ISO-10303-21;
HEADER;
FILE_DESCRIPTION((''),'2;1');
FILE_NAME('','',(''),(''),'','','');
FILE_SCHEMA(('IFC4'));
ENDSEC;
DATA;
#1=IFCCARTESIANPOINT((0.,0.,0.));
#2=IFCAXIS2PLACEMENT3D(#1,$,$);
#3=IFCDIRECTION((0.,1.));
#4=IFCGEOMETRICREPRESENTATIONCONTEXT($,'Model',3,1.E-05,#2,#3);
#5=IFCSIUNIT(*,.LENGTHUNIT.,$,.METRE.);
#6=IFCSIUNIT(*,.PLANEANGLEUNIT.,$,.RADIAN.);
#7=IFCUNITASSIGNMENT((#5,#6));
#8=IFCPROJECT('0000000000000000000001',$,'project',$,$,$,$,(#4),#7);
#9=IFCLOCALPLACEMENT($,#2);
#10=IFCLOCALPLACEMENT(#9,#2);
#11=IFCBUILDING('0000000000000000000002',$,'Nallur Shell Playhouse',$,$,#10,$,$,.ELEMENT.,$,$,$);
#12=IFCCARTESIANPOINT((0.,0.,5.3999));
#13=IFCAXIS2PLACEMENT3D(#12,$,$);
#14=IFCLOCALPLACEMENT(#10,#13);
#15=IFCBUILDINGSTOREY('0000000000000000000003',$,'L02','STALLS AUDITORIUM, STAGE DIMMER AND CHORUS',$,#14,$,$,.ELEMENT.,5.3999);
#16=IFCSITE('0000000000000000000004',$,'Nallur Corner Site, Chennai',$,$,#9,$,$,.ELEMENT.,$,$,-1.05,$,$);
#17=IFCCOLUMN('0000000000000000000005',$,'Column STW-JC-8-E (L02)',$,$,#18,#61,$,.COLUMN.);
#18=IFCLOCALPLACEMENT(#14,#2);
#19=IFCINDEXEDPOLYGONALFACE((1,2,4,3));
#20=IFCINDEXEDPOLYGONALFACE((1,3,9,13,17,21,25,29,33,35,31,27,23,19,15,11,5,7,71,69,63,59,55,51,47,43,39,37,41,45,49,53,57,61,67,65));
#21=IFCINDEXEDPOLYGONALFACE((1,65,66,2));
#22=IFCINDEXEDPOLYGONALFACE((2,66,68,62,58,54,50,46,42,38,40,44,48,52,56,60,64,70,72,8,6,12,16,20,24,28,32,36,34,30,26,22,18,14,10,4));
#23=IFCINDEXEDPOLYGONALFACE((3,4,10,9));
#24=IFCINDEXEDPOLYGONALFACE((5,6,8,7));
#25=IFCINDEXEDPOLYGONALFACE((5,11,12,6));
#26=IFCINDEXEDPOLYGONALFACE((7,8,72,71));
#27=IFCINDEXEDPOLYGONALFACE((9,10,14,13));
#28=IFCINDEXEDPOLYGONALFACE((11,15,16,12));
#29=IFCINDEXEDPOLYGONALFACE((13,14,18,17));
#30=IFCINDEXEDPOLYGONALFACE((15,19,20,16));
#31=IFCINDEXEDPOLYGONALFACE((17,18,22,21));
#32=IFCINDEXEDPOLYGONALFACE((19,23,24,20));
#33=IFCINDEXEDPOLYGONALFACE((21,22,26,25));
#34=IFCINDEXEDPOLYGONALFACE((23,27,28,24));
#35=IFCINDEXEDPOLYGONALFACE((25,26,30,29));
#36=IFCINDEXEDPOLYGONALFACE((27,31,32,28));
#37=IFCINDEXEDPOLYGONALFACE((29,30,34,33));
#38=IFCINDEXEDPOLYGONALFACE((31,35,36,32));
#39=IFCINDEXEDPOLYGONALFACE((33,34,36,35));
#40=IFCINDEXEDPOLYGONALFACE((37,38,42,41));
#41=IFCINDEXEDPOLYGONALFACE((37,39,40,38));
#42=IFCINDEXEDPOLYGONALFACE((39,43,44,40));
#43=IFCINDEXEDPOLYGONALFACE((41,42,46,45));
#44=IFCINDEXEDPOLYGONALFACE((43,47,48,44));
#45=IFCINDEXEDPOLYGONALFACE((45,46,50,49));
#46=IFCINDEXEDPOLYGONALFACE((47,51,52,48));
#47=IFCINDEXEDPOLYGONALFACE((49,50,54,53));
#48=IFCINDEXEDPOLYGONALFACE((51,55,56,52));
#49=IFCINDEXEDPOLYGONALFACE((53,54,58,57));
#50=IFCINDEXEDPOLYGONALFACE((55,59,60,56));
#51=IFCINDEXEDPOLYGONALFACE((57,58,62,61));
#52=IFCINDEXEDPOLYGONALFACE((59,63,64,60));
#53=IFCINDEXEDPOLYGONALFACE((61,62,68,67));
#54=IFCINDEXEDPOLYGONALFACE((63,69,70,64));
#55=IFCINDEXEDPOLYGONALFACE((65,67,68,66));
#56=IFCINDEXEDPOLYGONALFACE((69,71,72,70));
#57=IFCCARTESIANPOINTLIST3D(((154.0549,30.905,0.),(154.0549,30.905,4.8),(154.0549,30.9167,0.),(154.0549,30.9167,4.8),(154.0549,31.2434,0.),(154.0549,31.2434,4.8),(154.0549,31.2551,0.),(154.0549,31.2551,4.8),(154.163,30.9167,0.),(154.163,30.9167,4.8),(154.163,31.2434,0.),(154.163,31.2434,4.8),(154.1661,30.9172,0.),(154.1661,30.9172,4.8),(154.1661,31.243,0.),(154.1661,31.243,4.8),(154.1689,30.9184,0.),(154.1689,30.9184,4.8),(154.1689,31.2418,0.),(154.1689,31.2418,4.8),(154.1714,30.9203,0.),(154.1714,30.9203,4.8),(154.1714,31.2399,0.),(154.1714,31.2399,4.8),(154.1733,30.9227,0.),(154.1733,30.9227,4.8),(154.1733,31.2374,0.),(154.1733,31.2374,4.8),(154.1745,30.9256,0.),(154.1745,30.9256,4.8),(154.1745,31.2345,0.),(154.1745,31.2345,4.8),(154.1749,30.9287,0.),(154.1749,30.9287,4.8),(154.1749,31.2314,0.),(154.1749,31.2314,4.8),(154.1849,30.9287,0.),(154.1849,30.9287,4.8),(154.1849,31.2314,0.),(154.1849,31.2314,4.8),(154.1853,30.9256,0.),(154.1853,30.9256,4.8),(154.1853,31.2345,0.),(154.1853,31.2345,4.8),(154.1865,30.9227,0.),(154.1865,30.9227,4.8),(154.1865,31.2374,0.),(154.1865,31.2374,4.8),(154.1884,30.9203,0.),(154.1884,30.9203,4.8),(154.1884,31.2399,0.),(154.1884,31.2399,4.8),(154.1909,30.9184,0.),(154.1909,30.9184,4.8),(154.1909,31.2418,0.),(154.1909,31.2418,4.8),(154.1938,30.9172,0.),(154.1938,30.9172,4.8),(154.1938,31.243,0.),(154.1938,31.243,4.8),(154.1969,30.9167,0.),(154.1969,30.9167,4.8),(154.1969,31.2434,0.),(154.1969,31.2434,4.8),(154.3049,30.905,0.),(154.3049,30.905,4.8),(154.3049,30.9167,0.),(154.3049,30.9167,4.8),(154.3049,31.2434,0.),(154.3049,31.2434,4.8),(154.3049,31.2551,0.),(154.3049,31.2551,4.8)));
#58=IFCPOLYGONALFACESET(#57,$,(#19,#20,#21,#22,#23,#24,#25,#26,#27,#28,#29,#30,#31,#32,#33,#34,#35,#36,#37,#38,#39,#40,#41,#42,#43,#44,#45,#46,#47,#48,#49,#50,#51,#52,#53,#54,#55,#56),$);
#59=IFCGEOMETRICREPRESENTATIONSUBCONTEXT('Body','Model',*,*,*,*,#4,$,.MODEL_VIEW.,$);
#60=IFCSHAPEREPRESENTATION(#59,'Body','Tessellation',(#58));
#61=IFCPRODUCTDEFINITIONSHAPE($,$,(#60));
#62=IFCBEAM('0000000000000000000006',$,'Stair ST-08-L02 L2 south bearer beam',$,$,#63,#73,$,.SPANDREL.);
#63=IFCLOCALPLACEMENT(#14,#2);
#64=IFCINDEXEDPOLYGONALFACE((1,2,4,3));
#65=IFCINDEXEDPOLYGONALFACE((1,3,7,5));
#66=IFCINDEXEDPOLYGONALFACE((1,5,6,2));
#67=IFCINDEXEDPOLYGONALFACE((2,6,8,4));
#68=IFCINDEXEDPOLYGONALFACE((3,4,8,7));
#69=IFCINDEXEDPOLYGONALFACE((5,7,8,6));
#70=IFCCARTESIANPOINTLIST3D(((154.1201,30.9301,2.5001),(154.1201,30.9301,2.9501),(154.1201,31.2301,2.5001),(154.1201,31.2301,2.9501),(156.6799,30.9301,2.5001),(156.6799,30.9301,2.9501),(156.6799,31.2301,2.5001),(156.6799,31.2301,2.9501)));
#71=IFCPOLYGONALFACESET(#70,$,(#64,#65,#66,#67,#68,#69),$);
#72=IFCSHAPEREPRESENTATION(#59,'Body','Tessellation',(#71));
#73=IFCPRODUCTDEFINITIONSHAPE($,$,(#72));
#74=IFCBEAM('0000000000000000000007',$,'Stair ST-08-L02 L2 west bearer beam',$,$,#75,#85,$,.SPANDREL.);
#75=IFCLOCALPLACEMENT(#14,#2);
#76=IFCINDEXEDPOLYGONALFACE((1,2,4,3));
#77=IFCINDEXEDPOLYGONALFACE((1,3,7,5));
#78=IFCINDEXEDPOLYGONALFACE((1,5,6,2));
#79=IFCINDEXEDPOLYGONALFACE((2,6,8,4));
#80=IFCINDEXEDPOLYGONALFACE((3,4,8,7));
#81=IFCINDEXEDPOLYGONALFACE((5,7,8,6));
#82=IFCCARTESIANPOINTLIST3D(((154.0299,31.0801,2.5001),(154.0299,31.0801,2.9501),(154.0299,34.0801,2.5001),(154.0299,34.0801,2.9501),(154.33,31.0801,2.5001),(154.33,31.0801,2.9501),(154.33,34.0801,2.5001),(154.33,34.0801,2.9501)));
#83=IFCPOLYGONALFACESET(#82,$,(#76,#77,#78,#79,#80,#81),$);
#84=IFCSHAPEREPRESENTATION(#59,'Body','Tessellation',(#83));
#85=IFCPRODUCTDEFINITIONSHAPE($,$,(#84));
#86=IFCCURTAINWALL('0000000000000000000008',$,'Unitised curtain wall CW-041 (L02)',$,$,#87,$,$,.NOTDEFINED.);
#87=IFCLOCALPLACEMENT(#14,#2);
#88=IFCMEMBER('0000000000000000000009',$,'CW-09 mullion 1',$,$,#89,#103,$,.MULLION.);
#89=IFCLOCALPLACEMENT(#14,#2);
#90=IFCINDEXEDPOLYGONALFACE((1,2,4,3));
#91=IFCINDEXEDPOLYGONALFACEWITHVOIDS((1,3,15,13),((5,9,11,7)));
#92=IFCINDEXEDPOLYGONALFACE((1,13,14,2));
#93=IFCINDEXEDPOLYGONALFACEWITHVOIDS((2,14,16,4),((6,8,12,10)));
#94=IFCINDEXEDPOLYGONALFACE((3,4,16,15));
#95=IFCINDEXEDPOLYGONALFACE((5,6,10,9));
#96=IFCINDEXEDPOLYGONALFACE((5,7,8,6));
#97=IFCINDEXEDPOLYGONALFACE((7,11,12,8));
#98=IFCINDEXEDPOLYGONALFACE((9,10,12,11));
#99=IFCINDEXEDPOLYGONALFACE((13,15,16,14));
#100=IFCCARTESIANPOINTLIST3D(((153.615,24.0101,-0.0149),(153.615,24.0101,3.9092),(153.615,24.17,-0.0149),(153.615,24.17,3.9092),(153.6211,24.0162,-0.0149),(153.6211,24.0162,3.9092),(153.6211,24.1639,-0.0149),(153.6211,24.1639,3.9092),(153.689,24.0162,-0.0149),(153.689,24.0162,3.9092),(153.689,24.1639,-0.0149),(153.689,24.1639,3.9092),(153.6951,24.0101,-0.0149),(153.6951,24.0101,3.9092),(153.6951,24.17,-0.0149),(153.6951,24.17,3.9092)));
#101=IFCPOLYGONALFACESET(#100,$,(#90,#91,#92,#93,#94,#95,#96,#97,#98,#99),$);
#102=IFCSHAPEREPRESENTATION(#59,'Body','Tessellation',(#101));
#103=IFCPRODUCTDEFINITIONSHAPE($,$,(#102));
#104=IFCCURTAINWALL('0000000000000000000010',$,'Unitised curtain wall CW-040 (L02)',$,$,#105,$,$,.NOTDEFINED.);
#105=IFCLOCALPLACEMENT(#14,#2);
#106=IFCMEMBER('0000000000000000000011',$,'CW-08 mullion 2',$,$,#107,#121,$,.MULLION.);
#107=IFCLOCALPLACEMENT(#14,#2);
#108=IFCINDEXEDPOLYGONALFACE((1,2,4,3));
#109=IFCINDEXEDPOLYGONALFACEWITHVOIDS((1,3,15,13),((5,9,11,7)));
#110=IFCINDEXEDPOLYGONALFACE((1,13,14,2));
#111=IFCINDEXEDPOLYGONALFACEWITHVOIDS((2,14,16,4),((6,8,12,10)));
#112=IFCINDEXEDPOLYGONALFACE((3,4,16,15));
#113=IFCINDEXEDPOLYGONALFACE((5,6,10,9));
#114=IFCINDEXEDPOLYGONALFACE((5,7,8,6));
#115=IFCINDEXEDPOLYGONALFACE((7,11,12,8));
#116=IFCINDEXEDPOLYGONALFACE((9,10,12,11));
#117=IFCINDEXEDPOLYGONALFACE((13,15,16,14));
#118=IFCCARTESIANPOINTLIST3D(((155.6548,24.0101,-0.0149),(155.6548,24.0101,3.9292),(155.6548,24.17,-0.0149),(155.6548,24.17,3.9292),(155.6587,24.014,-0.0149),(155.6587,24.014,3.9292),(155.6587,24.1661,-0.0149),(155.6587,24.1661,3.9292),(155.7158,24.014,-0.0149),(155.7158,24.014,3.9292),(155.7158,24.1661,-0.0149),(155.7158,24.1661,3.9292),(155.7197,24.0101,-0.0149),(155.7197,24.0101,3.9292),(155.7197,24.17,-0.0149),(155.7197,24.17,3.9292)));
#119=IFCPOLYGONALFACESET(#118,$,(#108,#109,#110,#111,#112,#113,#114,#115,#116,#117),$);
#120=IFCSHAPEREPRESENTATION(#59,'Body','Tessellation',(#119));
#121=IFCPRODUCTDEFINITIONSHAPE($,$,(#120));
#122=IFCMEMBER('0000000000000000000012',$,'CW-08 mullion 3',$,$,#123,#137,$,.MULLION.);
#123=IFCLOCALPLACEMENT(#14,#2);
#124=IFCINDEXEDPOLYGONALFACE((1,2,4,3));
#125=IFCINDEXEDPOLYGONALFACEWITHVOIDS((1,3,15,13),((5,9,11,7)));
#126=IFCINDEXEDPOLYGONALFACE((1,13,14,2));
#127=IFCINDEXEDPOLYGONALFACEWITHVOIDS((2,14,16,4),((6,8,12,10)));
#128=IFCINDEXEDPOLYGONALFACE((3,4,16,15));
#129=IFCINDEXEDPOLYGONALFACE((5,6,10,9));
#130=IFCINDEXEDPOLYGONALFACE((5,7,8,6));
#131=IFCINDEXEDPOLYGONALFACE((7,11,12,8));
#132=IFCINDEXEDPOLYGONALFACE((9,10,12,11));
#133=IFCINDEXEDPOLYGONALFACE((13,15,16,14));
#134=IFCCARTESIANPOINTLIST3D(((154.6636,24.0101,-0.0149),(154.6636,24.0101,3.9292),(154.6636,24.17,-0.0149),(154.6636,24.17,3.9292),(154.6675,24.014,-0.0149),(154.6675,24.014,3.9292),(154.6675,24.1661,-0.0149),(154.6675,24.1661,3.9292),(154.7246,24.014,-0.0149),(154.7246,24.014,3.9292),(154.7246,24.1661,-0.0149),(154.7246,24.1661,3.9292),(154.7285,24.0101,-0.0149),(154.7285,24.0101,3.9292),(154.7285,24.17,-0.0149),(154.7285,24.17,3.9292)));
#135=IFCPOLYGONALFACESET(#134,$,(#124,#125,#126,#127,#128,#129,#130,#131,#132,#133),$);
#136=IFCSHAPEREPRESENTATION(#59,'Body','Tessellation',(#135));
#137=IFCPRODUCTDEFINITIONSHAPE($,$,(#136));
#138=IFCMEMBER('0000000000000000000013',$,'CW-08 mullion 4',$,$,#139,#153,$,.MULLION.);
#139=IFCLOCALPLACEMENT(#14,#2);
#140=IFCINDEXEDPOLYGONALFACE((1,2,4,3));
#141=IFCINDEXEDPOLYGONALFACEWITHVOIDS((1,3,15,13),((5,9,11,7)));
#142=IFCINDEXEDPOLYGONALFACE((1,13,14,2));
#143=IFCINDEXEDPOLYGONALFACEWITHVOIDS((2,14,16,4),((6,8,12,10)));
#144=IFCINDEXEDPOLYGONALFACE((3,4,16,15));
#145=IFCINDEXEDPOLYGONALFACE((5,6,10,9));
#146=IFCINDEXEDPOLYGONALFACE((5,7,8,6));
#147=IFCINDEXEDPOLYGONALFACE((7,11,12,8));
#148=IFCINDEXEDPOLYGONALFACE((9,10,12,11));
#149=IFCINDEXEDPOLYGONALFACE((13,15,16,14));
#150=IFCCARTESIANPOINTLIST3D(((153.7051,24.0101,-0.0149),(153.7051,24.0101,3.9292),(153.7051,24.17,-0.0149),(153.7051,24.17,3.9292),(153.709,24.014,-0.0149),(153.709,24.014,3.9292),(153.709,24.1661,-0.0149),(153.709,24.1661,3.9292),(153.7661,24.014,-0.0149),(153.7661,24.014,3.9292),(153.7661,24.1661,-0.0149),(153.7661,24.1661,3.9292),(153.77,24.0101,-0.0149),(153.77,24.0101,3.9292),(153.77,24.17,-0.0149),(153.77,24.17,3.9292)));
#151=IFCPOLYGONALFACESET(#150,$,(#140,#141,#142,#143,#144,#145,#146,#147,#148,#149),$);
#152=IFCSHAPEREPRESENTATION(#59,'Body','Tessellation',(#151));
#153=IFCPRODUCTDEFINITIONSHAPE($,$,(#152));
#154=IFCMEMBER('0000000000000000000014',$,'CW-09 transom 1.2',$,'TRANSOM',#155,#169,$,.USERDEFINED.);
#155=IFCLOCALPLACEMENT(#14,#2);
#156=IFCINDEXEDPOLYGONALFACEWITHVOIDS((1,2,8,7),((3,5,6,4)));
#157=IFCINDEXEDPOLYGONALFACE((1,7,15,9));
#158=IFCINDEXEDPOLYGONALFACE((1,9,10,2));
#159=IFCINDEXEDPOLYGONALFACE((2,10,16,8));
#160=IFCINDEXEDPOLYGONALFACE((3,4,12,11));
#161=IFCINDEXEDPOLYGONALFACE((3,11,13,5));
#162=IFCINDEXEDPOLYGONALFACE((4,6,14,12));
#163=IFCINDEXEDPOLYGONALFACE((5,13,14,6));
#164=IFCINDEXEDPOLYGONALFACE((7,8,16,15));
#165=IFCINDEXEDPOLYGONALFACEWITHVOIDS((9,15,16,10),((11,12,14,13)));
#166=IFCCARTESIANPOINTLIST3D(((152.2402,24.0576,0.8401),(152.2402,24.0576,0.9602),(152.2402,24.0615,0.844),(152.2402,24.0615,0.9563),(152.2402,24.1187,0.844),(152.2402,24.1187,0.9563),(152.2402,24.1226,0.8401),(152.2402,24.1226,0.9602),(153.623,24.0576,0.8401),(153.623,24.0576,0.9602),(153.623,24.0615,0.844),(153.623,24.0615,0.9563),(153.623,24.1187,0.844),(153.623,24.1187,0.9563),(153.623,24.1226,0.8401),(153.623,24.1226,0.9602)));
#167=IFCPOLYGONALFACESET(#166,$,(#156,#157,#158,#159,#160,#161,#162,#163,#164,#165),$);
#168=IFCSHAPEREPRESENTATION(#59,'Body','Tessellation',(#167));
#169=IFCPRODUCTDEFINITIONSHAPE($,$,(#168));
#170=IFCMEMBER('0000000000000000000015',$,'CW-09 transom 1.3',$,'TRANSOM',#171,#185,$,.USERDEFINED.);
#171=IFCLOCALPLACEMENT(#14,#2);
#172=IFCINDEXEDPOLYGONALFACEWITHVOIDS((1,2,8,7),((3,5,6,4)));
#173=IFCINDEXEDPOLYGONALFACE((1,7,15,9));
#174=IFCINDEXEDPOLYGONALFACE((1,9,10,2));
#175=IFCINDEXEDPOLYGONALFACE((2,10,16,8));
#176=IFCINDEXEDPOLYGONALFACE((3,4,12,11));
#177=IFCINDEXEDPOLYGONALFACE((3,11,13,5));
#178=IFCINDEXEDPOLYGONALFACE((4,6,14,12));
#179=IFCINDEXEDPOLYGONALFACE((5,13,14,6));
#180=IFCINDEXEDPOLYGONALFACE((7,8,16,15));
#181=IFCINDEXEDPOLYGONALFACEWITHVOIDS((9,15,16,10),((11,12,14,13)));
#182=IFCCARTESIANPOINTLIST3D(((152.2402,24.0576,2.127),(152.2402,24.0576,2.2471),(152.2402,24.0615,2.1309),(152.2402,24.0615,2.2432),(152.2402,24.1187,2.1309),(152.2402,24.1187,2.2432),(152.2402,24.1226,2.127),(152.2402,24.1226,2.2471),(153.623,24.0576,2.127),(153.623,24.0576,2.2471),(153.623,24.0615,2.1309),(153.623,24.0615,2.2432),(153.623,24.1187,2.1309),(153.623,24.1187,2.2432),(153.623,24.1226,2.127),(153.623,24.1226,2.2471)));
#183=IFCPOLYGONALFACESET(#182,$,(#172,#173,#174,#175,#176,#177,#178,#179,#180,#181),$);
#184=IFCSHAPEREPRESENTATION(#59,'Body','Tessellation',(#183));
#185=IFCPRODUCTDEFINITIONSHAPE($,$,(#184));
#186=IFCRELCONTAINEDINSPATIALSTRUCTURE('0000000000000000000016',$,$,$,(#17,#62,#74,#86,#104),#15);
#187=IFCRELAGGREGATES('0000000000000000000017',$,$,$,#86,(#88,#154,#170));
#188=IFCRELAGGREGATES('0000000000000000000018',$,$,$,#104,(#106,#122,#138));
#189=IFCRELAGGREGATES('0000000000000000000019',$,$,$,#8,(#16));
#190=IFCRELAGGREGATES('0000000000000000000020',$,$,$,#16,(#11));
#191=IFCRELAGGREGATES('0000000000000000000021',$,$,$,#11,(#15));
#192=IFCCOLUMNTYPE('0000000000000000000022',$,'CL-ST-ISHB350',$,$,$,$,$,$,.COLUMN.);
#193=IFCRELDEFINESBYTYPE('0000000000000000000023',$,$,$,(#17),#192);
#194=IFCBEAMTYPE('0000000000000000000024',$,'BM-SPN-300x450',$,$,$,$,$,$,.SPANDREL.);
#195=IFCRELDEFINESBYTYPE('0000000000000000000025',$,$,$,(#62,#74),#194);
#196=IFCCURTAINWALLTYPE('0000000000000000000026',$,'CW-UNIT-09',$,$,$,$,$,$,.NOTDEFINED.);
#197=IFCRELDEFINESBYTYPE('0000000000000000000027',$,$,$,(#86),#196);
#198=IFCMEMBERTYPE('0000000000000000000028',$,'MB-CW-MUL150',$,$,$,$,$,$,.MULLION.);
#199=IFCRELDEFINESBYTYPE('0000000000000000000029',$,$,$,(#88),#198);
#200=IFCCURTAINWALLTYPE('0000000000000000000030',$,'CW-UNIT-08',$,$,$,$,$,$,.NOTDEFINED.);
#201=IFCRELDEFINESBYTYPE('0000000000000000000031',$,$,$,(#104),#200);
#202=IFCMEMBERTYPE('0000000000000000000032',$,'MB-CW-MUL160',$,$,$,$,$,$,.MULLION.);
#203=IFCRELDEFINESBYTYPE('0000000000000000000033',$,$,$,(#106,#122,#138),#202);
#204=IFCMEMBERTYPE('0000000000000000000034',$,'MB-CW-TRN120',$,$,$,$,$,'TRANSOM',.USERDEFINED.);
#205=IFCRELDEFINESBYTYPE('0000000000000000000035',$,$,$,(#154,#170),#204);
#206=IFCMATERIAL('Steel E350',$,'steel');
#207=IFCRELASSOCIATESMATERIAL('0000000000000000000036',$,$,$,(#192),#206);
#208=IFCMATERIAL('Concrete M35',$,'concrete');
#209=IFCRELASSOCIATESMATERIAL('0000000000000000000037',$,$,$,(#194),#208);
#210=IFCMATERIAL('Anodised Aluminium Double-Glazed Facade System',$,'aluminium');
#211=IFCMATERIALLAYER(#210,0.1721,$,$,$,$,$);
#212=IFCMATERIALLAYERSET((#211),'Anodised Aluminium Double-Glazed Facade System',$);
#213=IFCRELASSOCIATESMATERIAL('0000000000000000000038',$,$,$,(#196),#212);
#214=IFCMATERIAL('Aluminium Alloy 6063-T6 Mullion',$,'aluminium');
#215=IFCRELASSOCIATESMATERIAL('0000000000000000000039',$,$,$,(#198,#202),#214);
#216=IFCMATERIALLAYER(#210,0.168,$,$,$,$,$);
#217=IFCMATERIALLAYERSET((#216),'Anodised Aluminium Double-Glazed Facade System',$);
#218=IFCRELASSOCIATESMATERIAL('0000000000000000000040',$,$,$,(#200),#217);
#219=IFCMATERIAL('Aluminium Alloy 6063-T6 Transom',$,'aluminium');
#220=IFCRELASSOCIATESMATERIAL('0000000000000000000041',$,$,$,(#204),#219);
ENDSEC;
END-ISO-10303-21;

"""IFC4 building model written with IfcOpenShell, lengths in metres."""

from ifc_helpers import new_model, si_unit, direction, frame, origin, origin_2d, place, context, subcontext, project, spatial, rectangle, hollow_rectangle, i_section, extrude, material, layer, layer_set, material_profile, profile_set, type_object, element, aggregate, save


model = new_model("IFC4")

# Units and contexts
model_context = context("Model", 3, precision=1e-05, world=origin(), true_north=direction((0.0, 1.0)))
body_context = subcontext(model_context, "Body", "Model", "MODEL_VIEW")
ifc_project = project(units=[si_unit("LENGTHUNIT", "METRE"), si_unit("PLANEANGLEUNIT", "RADIAN")], contexts=[model_context])

# Site, building, storey
site_placement = place(None, origin())
site = spatial("IfcSite", under=ifc_project, at=site_placement, Name="Nallur Corner Site, Chennai", CompositionType="ELEMENT", RefElevation=-1.05)
building_placement = place(site_placement, origin())
building = spatial("IfcBuilding", under=site, at=building_placement, Name="Nallur Shell Playhouse", CompositionType="ELEMENT")
storey_placement = place(building_placement, frame((0.0, 0.0, 5.3999)))
storey = spatial("IfcBuildingStorey", under=building, at=storey_placement, Name="L02", Description="STALLS AUDITORIUM, STAGE DIMMER AND CHORUS", CompositionType="ELEMENT", Elevation=5.3999)

# Column
ifc_material_1 = material(Name="Steel E350", Category="steel")
ifc_material_profile_1 = material_profile(ifc_material_1, i_section(OverallWidth=0.25, OverallDepth=0.3501, WebThickness=0.01, FlangeThickness=0.0117, FilletRadius=0.012, at=origin_2d()), Name="ISHB 350")
ifc_profile_set_1 = profile_set([ifc_material_profile_1], Name="Steel E350")
column_type = type_object("IfcColumnType", Name="CL-ST-ISHB350", PredefinedType="COLUMN", material=ifc_profile_set_1)
column_placement = place(storey_placement, frame((154.1799, 31.0801, 0.0), z_axis=(0.0, 0.0, 1.0), x_axis=(1.0, 0.0, 0.0)))
element("IfcColumn", 1, at=column_placement, inside=storey, type_object=column_type, Name="Column STW-JC-8-E (L02)", PredefinedType="COLUMN", context=body_context, shape_type="SweptSolid", body=[
    extrude(i_section(OverallWidth=0.25, OverallDepth=0.3501, WebThickness=0.01, FlangeThickness=0.0117, FilletRadius=0.012, at=origin_2d()), origin(), (0.0, 0.0, 1.0), 4.8),
])

# Beams
ifc_material_2 = material(Name="Concrete M35", Category="concrete")
ifc_material_profile_2 = material_profile(ifc_material_2, rectangle(XDim=0.3, YDim=0.45, at=origin_2d()), Name="RC 300x450")
ifc_profile_set_2 = profile_set([ifc_material_profile_2], Name="Concrete M35")
beam_type = type_object("IfcBeamType", Name="BM-SPN-300x450", PredefinedType="SPANDREL", material=ifc_profile_set_2)
beam_1_placement = place(storey_placement, frame((154.1201, 31.0801, 2.7251), z_axis=(1.0, 0.0, 0.0), x_axis=(0.0, 1.0, 0.0)))
element("IfcBeam", 2, at=beam_1_placement, inside=storey, type_object=beam_type, Name="Stair ST-08-L02 L2 south bearer beam", PredefinedType="SPANDREL", context=body_context, shape_type="SweptSolid", body=[
    extrude(rectangle(XDim=0.3, YDim=0.45, at=origin_2d()), origin(), (0.0, 0.0, 1.0), 2.5598),
])
beam_2_placement = place(storey_placement, frame((154.1799, 31.0801, 2.7251), z_axis=(0.0, 1.0, 0.0), x_axis=(-1.0, 0.0, 0.0)))
element("IfcBeam", 3, at=beam_2_placement, inside=storey, type_object=beam_type, Name="Stair ST-08-L02 L2 west bearer beam", PredefinedType="SPANDREL", context=body_context, shape_type="SweptSolid", body=[
    extrude(rectangle(XDim=0.3, YDim=0.45, at=origin_2d()), origin(), (0.0, 0.0, 1.0), 3.0),
])

# Curtain wall, member
ifc_material_3 = material(Name="Anodised Aluminium Double-Glazed Facade System", Category="aluminium")
ifc_layer_1 = layer(ifc_material_3, 0.1721)
ifc_layer_set_1 = layer_set([ifc_layer_1], Name="Anodised Aluminium Double-Glazed Facade System")
curtain_wall_type_1 = type_object("IfcCurtainWallType", Name="CW-UNIT-09", PredefinedType="NOTDEFINED", material=ifc_layer_set_1)
curtain_wall_1_placement = place(storey_placement, origin())
curtain_wall_1 = element("IfcCurtainWall", 4, at=curtain_wall_1_placement, inside=storey, type_object=curtain_wall_type_1, Name="Unitised curtain wall CW-041 (L02)", PredefinedType="NOTDEFINED")
ifc_material_4 = material(Name="Aluminium Alloy 6063-T6 Mullion", Category="aluminium")
ifc_material_profile_3 = material_profile(ifc_material_4, hollow_rectangle(XDim=0.0801, YDim=0.1599, WallThickness=0.0061, at=origin_2d()), Name="RHS 160x80x6")
ifc_profile_set_3 = profile_set([ifc_material_profile_3], Name="Aluminium Alloy 6063-T6 Mullion")
member_type_1 = type_object("IfcMemberType", Name="MB-CW-MUL150", PredefinedType="MULLION", material=ifc_profile_set_3)
member_1_placement = place(storey_placement, frame((153.655, 24.0901, -0.0149), z_axis=(0.0, 0.0, 1.0), x_axis=(-1.0, 0.0, 0.0)))
member_1 = element("IfcMember", 5, at=member_1_placement, type_object=member_type_1, Name="CW-09 mullion 1", PredefinedType="MULLION", context=body_context, shape_type="SweptSolid", body=[
    extrude(hollow_rectangle(XDim=0.0801, YDim=0.1599, WallThickness=0.0061, at=origin_2d()), origin(), (0.0, 0.0, 1.0), 3.9241),
])

# Curtain wall, members
ifc_layer_2 = layer(ifc_material_3, 0.168)
ifc_layer_set_2 = layer_set([ifc_layer_2], Name="Anodised Aluminium Double-Glazed Facade System")
curtain_wall_type_2 = type_object("IfcCurtainWallType", Name="CW-UNIT-08", PredefinedType="NOTDEFINED", material=ifc_layer_set_2)
curtain_wall_2_placement = place(storey_placement, origin())
curtain_wall_2 = element("IfcCurtainWall", 6, at=curtain_wall_2_placement, inside=storey, type_object=curtain_wall_type_2, Name="Unitised curtain wall CW-040 (L02)", PredefinedType="NOTDEFINED")
ifc_material_profile_4 = material_profile(ifc_material_4, hollow_rectangle(XDim=0.0649, YDim=0.1599, WallThickness=0.0039, at=origin_2d()), Name="ALU 65x160x4")
ifc_profile_set_4 = profile_set([ifc_material_profile_4], Name="Aluminium Alloy 6063-T6 Mullion")
member_type_2 = type_object("IfcMemberType", Name="MB-CW-MUL160", PredefinedType="MULLION", material=ifc_profile_set_4)
member_2_placement = place(storey_placement, frame((155.6873, 24.0901, -0.0149), z_axis=(0.0, 0.0, 1.0), x_axis=(-1.0, 0.0, 0.0)))
member_2 = element("IfcMember", 7, at=member_2_placement, type_object=member_type_2, Name="CW-08 mullion 2", PredefinedType="MULLION", context=body_context, shape_type="SweptSolid", body=[
    extrude(hollow_rectangle(XDim=0.0649, YDim=0.1599, WallThickness=0.0039, at=origin_2d()), origin(), (0.0, 0.0, 1.0), 3.9441),
])
member_3_placement = place(storey_placement, frame((154.696, 24.0901, -0.0149), z_axis=(0.0, 0.0, 1.0), x_axis=(-1.0, 0.0, 0.0)))
member_3 = element("IfcMember", 8, at=member_3_placement, type_object=member_type_2, Name="CW-08 mullion 3", PredefinedType="MULLION", context=body_context, shape_type="SweptSolid", body=[
    extrude(hollow_rectangle(XDim=0.0649, YDim=0.1599, WallThickness=0.0039, at=origin_2d()), origin(), (0.0, 0.0, 1.0), 3.9441),
])
member_4_placement = place(storey_placement, frame((153.7375, 24.0901, -0.0149), z_axis=(0.0, 0.0, 1.0), x_axis=(-1.0, 0.0, 0.0)))
member_4 = element("IfcMember", 9, at=member_4_placement, type_object=member_type_2, Name="CW-08 mullion 4", PredefinedType="MULLION", context=body_context, shape_type="SweptSolid", body=[
    extrude(hollow_rectangle(XDim=0.0649, YDim=0.1599, WallThickness=0.0039, at=origin_2d()), origin(), (0.0, 0.0, 1.0), 3.9441),
])

# Members
ifc_material_5 = material(Name="Aluminium Alloy 6063-T6 Transom", Category="aluminium")
ifc_material_profile_5 = material_profile(ifc_material_5, hollow_rectangle(XDim=0.0649, YDim=0.1201, WallThickness=0.0039, at=origin_2d()), Name="ALU 65x120x4")
ifc_profile_set_5 = profile_set([ifc_material_profile_5], Name="Aluminium Alloy 6063-T6 Transom")
member_type_3 = type_object("IfcMemberType", Name="MB-CW-TRN120", ElementType="TRANSOM", PredefinedType="USERDEFINED", material=ifc_profile_set_5)
member_5_placement = place(storey_placement, frame((153.623, 24.0901, 0.9001), z_axis=(-1.0, 0.0, 0.0), x_axis=(0.0, -1.0, 0.0)))
member_5 = element("IfcMember", 10, at=member_5_placement, type_object=member_type_3, Name="CW-09 transom 1.2", ObjectType="TRANSOM", PredefinedType="USERDEFINED", context=body_context, shape_type="SweptSolid", body=[
    extrude(hollow_rectangle(XDim=0.0649, YDim=0.1201, WallThickness=0.0039, at=origin_2d()), origin(), (0.0, 0.0, 1.0), 1.3828),
])
member_6_placement = place(storey_placement, frame((153.623, 24.0901, 2.187), z_axis=(-1.0, 0.0, 0.0), x_axis=(0.0, -1.0, 0.0)))
member_6 = element("IfcMember", 11, at=member_6_placement, type_object=member_type_3, Name="CW-09 transom 1.3", ObjectType="TRANSOM", PredefinedType="USERDEFINED", context=body_context, shape_type="SweptSolid", body=[
    extrude(hollow_rectangle(XDim=0.0649, YDim=0.1201, WallThickness=0.0039, at=origin_2d()), origin(), (0.0, 0.0, 1.0), 1.3828),
])
aggregate(curtain_wall_1, [member_1, member_5, member_6])

aggregate(curtain_wall_2, [member_2, member_3, member_4])

save(model, "model.ifc")
